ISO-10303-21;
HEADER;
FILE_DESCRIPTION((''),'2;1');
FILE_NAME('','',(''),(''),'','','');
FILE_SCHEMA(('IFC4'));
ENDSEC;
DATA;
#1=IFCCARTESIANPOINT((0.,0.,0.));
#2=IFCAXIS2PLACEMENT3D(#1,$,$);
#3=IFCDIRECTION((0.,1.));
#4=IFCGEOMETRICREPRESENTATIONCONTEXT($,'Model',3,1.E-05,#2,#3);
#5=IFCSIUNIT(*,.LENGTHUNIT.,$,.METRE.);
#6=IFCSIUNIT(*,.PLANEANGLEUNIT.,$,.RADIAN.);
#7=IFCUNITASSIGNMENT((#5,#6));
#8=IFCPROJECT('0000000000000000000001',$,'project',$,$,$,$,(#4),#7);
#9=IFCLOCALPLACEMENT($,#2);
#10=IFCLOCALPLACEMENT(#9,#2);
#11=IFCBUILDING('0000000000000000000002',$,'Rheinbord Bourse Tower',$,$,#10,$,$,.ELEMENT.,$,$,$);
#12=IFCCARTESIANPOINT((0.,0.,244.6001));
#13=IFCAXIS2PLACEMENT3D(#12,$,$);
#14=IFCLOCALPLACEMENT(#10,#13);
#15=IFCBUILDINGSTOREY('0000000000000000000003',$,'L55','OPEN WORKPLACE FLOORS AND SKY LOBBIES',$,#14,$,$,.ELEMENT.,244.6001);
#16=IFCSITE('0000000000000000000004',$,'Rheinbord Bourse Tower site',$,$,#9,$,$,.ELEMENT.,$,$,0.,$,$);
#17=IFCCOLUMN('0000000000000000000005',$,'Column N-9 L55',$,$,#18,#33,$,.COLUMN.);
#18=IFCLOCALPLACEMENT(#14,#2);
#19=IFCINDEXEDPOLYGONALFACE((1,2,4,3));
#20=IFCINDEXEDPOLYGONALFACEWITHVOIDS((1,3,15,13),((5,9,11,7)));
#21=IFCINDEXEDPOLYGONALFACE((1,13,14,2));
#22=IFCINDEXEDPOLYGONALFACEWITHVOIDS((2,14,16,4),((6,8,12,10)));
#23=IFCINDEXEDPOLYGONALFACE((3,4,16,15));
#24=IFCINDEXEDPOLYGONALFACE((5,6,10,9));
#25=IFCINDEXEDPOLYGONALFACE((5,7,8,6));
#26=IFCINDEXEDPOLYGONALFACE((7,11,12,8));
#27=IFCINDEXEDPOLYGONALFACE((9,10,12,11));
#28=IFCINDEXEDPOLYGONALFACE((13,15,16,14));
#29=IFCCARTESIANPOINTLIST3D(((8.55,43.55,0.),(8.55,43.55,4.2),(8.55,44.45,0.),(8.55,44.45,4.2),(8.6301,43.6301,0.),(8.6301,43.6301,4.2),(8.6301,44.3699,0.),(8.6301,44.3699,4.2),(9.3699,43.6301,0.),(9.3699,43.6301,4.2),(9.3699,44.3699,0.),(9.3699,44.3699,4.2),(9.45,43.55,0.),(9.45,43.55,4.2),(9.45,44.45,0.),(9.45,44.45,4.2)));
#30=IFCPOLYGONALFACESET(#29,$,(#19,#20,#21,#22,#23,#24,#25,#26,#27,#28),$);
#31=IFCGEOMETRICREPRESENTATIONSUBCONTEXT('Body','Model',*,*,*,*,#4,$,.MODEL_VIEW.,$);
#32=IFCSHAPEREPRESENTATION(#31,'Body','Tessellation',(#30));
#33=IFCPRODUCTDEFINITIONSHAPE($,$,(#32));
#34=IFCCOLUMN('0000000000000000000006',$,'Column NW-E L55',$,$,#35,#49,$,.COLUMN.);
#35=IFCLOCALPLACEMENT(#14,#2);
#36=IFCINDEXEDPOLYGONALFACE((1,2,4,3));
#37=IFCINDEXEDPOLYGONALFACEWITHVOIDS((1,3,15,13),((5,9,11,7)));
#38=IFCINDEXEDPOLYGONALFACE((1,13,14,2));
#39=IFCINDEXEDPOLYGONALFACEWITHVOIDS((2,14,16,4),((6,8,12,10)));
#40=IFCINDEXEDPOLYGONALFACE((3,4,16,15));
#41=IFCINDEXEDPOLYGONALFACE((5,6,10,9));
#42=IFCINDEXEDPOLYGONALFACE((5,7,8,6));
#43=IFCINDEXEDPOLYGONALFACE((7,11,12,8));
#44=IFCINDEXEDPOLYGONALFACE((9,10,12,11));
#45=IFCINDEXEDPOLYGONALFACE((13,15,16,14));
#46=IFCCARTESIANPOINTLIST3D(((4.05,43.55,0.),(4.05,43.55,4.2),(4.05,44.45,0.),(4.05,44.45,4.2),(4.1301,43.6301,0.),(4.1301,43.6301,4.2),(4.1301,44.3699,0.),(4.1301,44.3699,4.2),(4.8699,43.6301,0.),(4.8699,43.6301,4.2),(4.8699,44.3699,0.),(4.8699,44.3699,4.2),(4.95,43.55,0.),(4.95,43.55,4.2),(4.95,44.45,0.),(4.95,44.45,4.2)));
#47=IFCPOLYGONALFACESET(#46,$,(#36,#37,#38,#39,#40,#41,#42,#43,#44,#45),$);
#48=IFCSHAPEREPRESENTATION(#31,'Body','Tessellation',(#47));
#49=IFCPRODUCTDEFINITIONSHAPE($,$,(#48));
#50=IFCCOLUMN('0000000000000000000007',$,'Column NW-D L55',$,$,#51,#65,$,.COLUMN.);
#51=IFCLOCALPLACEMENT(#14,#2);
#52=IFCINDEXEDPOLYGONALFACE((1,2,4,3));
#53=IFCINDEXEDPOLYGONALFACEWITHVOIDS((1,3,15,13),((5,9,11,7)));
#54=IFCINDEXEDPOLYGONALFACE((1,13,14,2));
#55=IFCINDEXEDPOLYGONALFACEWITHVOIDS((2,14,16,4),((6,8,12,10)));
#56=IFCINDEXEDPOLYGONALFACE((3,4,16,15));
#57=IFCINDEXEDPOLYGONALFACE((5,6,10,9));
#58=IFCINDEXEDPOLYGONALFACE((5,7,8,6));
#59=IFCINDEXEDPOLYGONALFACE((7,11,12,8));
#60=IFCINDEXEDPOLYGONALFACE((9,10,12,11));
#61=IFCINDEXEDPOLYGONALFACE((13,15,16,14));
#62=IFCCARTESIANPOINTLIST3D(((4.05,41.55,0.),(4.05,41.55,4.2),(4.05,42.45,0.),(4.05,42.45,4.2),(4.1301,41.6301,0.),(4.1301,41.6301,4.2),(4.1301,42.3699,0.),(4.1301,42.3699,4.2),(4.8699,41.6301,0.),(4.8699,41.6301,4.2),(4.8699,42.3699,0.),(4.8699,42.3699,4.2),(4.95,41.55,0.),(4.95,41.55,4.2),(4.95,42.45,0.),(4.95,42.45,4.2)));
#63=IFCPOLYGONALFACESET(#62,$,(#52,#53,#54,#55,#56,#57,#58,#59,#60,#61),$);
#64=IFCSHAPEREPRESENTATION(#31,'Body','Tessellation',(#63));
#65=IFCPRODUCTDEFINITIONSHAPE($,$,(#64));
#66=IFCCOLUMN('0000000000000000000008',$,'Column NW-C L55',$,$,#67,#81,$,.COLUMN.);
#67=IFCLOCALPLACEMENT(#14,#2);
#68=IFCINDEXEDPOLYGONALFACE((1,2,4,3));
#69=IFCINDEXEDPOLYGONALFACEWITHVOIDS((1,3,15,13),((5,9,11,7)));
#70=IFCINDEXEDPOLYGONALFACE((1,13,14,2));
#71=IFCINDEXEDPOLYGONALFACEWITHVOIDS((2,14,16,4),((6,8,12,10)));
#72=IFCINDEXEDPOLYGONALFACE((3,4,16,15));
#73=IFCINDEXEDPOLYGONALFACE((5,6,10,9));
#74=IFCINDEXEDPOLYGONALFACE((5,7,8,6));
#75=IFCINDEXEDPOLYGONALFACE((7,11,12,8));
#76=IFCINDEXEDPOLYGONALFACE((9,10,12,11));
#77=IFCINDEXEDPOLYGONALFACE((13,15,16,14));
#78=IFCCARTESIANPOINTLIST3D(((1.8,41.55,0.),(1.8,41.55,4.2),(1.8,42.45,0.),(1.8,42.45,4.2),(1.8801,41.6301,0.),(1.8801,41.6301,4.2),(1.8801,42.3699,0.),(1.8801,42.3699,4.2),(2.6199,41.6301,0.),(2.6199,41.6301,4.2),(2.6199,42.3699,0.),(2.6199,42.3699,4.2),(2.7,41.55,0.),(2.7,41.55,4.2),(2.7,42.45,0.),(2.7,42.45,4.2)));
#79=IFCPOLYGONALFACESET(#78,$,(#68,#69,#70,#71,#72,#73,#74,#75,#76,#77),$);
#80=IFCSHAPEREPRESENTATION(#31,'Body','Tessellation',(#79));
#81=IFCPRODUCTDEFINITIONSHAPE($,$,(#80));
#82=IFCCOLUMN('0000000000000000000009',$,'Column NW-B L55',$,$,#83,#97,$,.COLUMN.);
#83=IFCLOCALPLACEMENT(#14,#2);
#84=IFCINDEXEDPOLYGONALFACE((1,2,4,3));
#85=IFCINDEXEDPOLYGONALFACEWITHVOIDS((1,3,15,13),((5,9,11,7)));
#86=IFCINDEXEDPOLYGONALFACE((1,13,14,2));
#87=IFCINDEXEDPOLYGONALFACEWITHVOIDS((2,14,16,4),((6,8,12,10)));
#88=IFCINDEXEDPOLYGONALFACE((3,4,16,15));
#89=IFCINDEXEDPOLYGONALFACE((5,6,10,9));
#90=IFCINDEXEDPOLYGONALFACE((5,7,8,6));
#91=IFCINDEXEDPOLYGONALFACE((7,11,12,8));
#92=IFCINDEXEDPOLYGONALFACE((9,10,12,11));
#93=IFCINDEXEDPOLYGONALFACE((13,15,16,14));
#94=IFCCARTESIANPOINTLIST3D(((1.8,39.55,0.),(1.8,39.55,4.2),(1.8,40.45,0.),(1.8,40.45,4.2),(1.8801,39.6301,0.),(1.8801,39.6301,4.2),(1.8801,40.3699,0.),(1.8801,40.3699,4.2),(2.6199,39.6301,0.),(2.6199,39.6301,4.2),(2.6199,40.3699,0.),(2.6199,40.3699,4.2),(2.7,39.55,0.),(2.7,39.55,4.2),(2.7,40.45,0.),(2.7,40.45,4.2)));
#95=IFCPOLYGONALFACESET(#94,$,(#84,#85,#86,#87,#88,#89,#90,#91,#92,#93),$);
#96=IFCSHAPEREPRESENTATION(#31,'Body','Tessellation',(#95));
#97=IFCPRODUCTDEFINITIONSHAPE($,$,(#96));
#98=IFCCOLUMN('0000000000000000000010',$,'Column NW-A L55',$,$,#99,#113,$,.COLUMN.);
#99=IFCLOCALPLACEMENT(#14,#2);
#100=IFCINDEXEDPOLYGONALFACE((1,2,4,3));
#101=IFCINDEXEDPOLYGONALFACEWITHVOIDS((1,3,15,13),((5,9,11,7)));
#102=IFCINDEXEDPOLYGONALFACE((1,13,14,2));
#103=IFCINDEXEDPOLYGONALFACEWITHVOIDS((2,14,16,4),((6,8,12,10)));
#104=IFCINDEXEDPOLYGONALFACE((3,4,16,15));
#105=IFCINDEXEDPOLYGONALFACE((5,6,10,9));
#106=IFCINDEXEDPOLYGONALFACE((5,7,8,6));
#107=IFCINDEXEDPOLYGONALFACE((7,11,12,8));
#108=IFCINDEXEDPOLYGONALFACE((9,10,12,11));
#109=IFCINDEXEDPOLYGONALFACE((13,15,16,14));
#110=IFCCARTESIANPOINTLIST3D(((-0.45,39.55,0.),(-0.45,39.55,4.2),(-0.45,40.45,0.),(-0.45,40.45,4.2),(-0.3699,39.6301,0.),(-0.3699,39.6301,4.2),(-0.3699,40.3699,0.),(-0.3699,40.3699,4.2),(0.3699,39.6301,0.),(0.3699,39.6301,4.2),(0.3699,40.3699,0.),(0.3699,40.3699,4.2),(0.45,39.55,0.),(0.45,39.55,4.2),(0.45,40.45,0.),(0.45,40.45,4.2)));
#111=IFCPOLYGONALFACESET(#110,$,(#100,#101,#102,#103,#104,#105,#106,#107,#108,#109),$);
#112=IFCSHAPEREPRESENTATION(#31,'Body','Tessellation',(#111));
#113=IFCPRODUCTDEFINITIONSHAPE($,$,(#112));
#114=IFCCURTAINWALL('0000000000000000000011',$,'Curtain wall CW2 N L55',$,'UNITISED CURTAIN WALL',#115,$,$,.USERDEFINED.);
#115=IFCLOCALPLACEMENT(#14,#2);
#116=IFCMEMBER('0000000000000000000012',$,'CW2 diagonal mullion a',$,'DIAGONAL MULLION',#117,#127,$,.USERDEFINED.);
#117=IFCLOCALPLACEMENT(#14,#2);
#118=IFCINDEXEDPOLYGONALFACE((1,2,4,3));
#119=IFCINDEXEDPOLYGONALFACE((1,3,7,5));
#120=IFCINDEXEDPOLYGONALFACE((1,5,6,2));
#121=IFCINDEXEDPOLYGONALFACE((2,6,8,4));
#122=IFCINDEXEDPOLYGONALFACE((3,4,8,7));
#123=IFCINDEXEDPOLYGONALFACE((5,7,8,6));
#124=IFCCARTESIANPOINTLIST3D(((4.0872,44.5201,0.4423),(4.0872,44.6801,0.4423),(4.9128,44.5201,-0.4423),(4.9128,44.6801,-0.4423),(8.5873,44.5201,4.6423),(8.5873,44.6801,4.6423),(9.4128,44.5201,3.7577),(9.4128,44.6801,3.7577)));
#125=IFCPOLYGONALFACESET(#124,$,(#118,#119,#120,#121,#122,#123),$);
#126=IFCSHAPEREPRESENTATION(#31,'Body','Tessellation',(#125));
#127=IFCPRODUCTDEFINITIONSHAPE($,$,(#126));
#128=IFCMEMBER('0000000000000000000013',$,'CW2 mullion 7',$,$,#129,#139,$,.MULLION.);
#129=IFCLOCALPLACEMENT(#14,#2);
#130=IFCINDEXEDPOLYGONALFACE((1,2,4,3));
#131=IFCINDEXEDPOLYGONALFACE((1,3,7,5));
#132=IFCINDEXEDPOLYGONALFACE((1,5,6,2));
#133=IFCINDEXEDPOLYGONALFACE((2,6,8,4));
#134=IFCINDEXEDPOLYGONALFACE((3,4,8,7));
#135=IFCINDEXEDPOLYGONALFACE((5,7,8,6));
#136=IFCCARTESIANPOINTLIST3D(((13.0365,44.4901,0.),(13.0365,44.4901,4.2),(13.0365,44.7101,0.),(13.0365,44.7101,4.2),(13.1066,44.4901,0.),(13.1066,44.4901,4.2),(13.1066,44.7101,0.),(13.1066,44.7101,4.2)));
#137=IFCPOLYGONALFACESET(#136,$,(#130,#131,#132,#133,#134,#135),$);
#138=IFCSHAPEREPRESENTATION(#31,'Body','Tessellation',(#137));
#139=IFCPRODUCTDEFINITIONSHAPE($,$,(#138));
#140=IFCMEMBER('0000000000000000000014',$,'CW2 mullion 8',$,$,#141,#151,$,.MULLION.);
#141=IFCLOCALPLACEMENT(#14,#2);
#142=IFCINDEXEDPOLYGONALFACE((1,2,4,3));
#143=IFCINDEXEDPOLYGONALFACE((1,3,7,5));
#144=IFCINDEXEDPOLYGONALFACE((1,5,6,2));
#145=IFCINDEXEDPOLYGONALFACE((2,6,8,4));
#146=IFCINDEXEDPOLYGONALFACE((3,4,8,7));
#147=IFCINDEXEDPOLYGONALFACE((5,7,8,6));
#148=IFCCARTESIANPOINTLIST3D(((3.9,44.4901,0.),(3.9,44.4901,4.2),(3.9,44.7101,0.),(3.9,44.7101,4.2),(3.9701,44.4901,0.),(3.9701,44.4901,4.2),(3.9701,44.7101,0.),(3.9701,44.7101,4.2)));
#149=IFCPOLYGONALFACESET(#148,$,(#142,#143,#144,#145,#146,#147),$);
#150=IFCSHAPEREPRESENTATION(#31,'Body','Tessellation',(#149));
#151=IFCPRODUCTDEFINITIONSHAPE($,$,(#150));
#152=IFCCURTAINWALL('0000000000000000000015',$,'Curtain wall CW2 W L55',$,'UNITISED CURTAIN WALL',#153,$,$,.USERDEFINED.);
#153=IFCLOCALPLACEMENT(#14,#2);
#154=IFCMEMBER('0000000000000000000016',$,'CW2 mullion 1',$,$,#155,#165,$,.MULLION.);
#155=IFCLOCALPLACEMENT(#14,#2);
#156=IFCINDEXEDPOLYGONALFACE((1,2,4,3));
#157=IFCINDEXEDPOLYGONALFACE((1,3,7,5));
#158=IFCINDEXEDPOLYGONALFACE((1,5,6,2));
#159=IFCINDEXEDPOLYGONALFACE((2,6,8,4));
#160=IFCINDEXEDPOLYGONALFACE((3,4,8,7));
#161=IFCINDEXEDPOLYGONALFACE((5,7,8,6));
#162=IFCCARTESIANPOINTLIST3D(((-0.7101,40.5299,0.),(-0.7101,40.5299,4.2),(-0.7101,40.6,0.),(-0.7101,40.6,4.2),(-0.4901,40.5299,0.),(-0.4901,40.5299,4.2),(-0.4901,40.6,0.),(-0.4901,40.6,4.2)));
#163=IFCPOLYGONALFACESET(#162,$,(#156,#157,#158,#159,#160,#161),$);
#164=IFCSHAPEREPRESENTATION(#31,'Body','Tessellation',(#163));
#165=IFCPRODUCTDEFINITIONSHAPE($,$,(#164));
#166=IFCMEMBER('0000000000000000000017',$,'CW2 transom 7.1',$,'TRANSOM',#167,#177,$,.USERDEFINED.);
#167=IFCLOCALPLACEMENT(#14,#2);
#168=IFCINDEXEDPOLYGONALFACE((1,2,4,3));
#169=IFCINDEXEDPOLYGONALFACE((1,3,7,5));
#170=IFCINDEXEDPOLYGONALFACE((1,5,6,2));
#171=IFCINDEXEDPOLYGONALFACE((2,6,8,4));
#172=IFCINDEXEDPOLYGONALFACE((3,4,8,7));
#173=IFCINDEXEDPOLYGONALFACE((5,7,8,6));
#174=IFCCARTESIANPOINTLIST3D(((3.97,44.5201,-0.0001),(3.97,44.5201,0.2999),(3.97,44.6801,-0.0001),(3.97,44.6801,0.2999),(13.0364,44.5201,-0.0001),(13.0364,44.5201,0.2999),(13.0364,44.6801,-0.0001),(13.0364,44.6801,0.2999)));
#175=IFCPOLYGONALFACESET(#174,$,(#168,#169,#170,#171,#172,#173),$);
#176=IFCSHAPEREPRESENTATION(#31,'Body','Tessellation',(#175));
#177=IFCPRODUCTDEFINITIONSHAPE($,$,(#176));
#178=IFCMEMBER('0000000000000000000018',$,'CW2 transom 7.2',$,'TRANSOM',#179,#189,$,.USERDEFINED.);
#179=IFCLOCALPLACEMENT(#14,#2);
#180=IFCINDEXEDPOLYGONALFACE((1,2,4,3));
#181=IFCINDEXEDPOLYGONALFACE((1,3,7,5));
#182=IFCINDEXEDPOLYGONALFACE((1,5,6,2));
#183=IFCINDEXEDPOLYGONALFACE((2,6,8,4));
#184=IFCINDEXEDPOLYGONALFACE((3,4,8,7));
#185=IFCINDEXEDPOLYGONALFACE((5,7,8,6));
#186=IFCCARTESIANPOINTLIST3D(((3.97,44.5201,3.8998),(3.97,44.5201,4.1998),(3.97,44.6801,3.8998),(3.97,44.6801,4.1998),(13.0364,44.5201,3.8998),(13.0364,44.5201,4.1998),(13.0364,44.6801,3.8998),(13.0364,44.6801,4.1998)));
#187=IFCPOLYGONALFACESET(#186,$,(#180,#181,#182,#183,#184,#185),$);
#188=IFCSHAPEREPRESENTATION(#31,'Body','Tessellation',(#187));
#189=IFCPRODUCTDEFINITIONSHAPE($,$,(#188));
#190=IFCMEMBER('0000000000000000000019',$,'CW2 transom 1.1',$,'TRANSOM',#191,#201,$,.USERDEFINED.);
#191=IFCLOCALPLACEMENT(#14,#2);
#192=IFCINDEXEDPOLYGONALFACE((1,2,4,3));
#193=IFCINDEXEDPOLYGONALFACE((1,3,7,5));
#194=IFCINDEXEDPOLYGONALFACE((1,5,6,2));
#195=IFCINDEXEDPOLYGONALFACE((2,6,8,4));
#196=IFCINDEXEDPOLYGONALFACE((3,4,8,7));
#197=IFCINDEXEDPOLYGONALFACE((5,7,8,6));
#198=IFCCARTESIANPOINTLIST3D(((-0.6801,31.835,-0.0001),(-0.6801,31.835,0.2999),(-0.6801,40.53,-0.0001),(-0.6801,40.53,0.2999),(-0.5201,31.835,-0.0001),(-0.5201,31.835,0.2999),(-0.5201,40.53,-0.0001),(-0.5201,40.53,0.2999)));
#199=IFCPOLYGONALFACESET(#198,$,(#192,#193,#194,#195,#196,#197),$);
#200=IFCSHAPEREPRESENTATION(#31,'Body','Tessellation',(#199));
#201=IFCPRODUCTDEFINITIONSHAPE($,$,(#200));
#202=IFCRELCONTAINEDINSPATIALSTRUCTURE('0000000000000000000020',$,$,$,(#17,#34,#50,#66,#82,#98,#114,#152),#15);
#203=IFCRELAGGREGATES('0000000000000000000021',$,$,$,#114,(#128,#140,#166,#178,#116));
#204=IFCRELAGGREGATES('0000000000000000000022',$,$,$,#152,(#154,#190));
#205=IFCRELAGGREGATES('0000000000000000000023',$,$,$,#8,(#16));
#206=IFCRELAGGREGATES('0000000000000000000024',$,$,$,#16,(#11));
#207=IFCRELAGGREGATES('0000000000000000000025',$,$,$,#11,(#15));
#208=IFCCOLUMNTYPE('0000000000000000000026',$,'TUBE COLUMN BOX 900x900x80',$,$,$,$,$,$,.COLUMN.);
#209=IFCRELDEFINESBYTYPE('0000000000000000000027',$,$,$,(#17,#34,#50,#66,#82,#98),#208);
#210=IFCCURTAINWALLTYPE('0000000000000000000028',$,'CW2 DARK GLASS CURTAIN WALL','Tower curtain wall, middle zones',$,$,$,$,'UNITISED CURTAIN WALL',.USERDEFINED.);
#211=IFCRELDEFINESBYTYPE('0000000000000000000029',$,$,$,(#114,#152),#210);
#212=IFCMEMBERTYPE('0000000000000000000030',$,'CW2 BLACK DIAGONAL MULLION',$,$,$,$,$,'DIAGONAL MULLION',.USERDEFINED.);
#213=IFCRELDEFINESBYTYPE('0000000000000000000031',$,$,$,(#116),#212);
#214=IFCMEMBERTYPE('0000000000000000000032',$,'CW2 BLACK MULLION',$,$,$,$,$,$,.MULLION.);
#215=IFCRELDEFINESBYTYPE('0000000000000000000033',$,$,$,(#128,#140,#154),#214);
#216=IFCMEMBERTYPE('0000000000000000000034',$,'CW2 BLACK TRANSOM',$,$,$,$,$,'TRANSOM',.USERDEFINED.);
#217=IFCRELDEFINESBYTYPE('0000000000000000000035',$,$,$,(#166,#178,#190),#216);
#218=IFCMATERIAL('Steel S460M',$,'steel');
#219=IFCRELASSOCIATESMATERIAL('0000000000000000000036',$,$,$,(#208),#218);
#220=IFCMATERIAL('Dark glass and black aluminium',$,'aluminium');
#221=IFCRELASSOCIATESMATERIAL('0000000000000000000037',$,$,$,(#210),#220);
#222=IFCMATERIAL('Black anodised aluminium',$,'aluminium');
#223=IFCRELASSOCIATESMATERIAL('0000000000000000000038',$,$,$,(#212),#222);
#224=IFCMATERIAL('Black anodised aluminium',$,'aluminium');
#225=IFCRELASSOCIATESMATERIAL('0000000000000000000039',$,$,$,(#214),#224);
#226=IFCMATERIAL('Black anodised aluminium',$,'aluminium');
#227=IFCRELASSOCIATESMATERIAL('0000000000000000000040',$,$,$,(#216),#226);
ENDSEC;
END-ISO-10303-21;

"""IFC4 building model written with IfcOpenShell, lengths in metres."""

from ifc_helpers import new_model, si_unit, direction, frame, origin, origin_2d, place, context, subcontext, project, spatial, rectangle, hollow_rectangle, extrude, material, material_profile, profile_set, type_object, element, aggregate, save


model = new_model("IFC4")

# Units and contexts
model_context = context("Model", 3, precision=1e-05, world=origin(), true_north=direction((0.0, 1.0)))
body_context = subcontext(model_context, "Body", "Model", "MODEL_VIEW")
ifc_project = project(units=[si_unit("LENGTHUNIT", "METRE"), si_unit("PLANEANGLEUNIT", "RADIAN")], contexts=[model_context])

# Site, building, storey
site_placement = place(None, origin())
site = spatial("IfcSite", under=ifc_project, at=site_placement, Name="Rheinbord Bourse Tower site", CompositionType="ELEMENT", RefElevation=0.0)
building_placement = place(site_placement, origin())
building = spatial("IfcBuilding", under=site, at=building_placement, Name="Rheinbord Bourse Tower", CompositionType="ELEMENT")
storey_placement = place(building_placement, frame((0.0, 0.0, 244.6001)))
storey = spatial("IfcBuildingStorey", under=building, at=storey_placement, Name="L55", Description="OPEN WORKPLACE FLOORS AND SKY LOBBIES", CompositionType="ELEMENT", Elevation=244.6001)

# Columns
ifc_material_1 = material(Name="Steel S460M", Category="steel")
ifc_material_profile_1 = material_profile(ifc_material_1, hollow_rectangle(XDim=0.8999, YDim=0.8999, WallThickness=0.0801, at=origin_2d()), Name="BOX 900x900x80")
ifc_profile_set_1 = profile_set([ifc_material_profile_1], Name="Steel S460M")
column_type = type_object("IfcColumnType", Name="TUBE COLUMN BOX 900x900x80", PredefinedType="COLUMN", material=ifc_profile_set_1)
for number, where, z_axis, x_axis, name in (
    (1, (9.0, 44.0, 0.0), (0.0, 0.0, 1.0), (0.0, 1.0, 0.0), "Column N-9 L55"),
    (2, (4.5, 44.0, 0.0), (0.0, 0.0, 1.0), (0.0, 1.0, 0.0), "Column NW-E L55"),
    (3, (4.5, 42.0, 0.0), (0.0, 0.0, 1.0), (0.0, 1.0, 0.0), "Column NW-D L55"),
    (4, (2.25, 42.0, 0.0), (0.0, 0.0, 1.0), (1.0, 0.0, 0.0), "Column NW-C L55"),
    (5, (2.25, 40.0, 0.0), (0.0, 0.0, 1.0), (1.0, 0.0, 0.0), "Column NW-B L55"),
    (6, (0.0, 40.0, 0.0), (0.0, 0.0, 1.0), (1.0, 0.0, 0.0), "Column NW-A L55"),
):
    element("IfcColumn", number, at=place(storey_placement, frame(where, z_axis=z_axis, x_axis=x_axis)), inside=storey, type_object=column_type, Name=name, PredefinedType="COLUMN", context=body_context, shape_type="SweptSolid", body=[
        extrude(hollow_rectangle(XDim=0.8999, YDim=0.8999, WallThickness=0.0801, at=origin_2d()), origin(), (0.0, 0.0, 1.0), 4.2),
    ])

# Curtain wall, members
ifc_material_2 = material(Name="Dark glass and black aluminium", Category="aluminium")
curtain_wall_type = type_object("IfcCurtainWallType", Name="CW2 DARK GLASS CURTAIN WALL", Description="Tower curtain wall, middle zones", ElementType="UNITISED CURTAIN WALL", PredefinedType="USERDEFINED", material=ifc_material_2)
curtain_wall_1_placement = place(storey_placement, origin())
curtain_wall_1 = element("IfcCurtainWall", 7, at=curtain_wall_1_placement, inside=storey, type_object=curtain_wall_type, Name="Curtain wall CW2 N L55", ObjectType="UNITISED CURTAIN WALL", PredefinedType="USERDEFINED")
ifc_material_3 = material(Name="Black anodised aluminium", Category="aluminium")
ifc_material_profile_2 = material_profile(ifc_material_3, rectangle(XDim=0.1599, YDim=1.21, at=origin_2d()), Name="CW2 DIAGONAL MULLION 1210x160")
ifc_profile_set_2 = profile_set([ifc_material_profile_2], Name="Black anodised aluminium")
member_type_1 = type_object("IfcMemberType", Name="CW2 BLACK DIAGONAL MULLION", ElementType="DIAGONAL MULLION", PredefinedType="USERDEFINED", material=ifc_profile_set_2)
member_1_placement = place(storey_placement, frame((4.5, 44.6001, 0.0), z_axis=(0.731059, 0.0, 0.682314), x_axis=(0.0, 1.0, 0.0)))
member_1 = element("IfcMember", 8, at=member_1_placement, type_object=member_type_1, Name="CW2 diagonal mullion a", ObjectType="DIAGONAL MULLION", PredefinedType="USERDEFINED", context=body_context, shape_type="SweptSolid", body=[
    extrude(rectangle(XDim=0.1599, YDim=1.21, at=origin_2d()), origin(), (0.0, 0.0, 1.0), 6.1555),
])
ifc_material_4 = material(Name="Black anodised aluminium", Category="aluminium")
ifc_material_profile_3 = material_profile(ifc_material_4, rectangle(XDim=0.22, YDim=0.0701, at=origin_2d()), Name="CW2 MULLION 70x220")
ifc_profile_set_3 = profile_set([ifc_material_profile_3], Name="Black anodised aluminium")
member_type_2 = type_object("IfcMemberType", Name="CW2 BLACK MULLION", PredefinedType="MULLION", material=ifc_profile_set_3)
member_2_placement = place(storey_placement, frame((13.0715, 44.6001, 0.0), z_axis=(0.0, 0.0, 1.0), x_axis=(0.0, -1.0, 0.0)))
member_2 = element("IfcMember", 9, at=member_2_placement, type_object=member_type_2, Name="CW2 mullion 7", PredefinedType="MULLION", context=body_context, shape_type="SweptSolid", body=[
    extrude(rectangle(XDim=0.22, YDim=0.0701, at=origin_2d()), origin(), (0.0, 0.0, 1.0), 4.2),
])
member_3_placement = place(storey_placement, frame((3.9351, 44.6001, 0.0), z_axis=(0.0, 0.0, 1.0), x_axis=(0.0, -1.0, 0.0)))
member_3 = element("IfcMember", 10, at=member_3_placement, type_object=member_type_2, Name="CW2 mullion 8", PredefinedType="MULLION", context=body_context, shape_type="SweptSolid", body=[
    extrude(rectangle(XDim=0.22, YDim=0.0701, at=origin_2d()), origin(), (0.0, 0.0, 1.0), 4.2),
])

# Curtain wall, member
curtain_wall_2_placement = place(storey_placement, origin())
curtain_wall_2 = element("IfcCurtainWall", 11, at=curtain_wall_2_placement, inside=storey, type_object=curtain_wall_type, Name="Curtain wall CW2 W L55", ObjectType="UNITISED CURTAIN WALL", PredefinedType="USERDEFINED")
member_4_placement = place(storey_placement, frame((-0.6001, 40.5649, 0.0), z_axis=(0.0, 0.0, 1.0), x_axis=(1.0, 0.0, 0.0)))
member_4 = element("IfcMember", 12, at=member_4_placement, type_object=member_type_2, Name="CW2 mullion 1", PredefinedType="MULLION", context=body_context, shape_type="SweptSolid", body=[
    extrude(rectangle(XDim=0.22, YDim=0.0701, at=origin_2d()), origin(), (0.0, 0.0, 1.0), 4.2),
])

# Members
ifc_material_5 = material(Name="Black anodised aluminium", Category="aluminium")
ifc_material_profile_4 = material_profile(ifc_material_5, rectangle(XDim=0.1599, YDim=0.3, at=origin_2d()), Name="CW2 TRANSOM 300x160")
ifc_profile_set_4 = profile_set([ifc_material_profile_4], Name="Black anodised aluminium")
member_type_3 = type_object("IfcMemberType", Name="CW2 BLACK TRANSOM", ElementType="TRANSOM", PredefinedType="USERDEFINED", material=ifc_profile_set_4)
member_5_placement = place(storey_placement, frame((13.0364, 44.6001, 0.1499), z_axis=(-1.0, 0.0, 0.0), x_axis=(0.0, -1.0, 0.0)))
member_5 = element("IfcMember", 13, at=member_5_placement, type_object=member_type_3, Name="CW2 transom 7.1", ObjectType="TRANSOM", PredefinedType="USERDEFINED", context=body_context, shape_type="SweptSolid", body=[
    extrude(rectangle(XDim=0.1599, YDim=0.3, at=origin_2d()), origin(), (0.0, 0.0, 1.0), 9.0664),
])
member_6_placement = place(storey_placement, frame((13.0364, 44.6001, 4.0498), z_axis=(-1.0, 0.0, 0.0), x_axis=(0.0, -1.0, 0.0)))
member_6 = element("IfcMember", 14, at=member_6_placement, type_object=member_type_3, Name="CW2 transom 7.2", ObjectType="TRANSOM", PredefinedType="USERDEFINED", context=body_context, shape_type="SweptSolid", body=[
    extrude(rectangle(XDim=0.1599, YDim=0.3, at=origin_2d()), origin(), (0.0, 0.0, 1.0), 9.0664),
])
member_7_placement = place(storey_placement, frame((-0.6001, 40.53, 0.1499), z_axis=(0.0, -1.0, 0.0), x_axis=(1.0, 0.0, 0.0)))
member_7 = element("IfcMember", 15, at=member_7_placement, type_object=member_type_3, Name="CW2 transom 1.1", ObjectType="TRANSOM", PredefinedType="USERDEFINED", context=body_context, shape_type="SweptSolid", body=[
    extrude(rectangle(XDim=0.1599, YDim=0.3, at=origin_2d()), origin(), (0.0, 0.0, 1.0), 8.6951),
])

aggregate(curtain_wall_1, [member_2, member_3, member_5, member_6, member_1])
aggregate(curtain_wall_2, [member_4, member_7])

save(model, "model.ifc")
